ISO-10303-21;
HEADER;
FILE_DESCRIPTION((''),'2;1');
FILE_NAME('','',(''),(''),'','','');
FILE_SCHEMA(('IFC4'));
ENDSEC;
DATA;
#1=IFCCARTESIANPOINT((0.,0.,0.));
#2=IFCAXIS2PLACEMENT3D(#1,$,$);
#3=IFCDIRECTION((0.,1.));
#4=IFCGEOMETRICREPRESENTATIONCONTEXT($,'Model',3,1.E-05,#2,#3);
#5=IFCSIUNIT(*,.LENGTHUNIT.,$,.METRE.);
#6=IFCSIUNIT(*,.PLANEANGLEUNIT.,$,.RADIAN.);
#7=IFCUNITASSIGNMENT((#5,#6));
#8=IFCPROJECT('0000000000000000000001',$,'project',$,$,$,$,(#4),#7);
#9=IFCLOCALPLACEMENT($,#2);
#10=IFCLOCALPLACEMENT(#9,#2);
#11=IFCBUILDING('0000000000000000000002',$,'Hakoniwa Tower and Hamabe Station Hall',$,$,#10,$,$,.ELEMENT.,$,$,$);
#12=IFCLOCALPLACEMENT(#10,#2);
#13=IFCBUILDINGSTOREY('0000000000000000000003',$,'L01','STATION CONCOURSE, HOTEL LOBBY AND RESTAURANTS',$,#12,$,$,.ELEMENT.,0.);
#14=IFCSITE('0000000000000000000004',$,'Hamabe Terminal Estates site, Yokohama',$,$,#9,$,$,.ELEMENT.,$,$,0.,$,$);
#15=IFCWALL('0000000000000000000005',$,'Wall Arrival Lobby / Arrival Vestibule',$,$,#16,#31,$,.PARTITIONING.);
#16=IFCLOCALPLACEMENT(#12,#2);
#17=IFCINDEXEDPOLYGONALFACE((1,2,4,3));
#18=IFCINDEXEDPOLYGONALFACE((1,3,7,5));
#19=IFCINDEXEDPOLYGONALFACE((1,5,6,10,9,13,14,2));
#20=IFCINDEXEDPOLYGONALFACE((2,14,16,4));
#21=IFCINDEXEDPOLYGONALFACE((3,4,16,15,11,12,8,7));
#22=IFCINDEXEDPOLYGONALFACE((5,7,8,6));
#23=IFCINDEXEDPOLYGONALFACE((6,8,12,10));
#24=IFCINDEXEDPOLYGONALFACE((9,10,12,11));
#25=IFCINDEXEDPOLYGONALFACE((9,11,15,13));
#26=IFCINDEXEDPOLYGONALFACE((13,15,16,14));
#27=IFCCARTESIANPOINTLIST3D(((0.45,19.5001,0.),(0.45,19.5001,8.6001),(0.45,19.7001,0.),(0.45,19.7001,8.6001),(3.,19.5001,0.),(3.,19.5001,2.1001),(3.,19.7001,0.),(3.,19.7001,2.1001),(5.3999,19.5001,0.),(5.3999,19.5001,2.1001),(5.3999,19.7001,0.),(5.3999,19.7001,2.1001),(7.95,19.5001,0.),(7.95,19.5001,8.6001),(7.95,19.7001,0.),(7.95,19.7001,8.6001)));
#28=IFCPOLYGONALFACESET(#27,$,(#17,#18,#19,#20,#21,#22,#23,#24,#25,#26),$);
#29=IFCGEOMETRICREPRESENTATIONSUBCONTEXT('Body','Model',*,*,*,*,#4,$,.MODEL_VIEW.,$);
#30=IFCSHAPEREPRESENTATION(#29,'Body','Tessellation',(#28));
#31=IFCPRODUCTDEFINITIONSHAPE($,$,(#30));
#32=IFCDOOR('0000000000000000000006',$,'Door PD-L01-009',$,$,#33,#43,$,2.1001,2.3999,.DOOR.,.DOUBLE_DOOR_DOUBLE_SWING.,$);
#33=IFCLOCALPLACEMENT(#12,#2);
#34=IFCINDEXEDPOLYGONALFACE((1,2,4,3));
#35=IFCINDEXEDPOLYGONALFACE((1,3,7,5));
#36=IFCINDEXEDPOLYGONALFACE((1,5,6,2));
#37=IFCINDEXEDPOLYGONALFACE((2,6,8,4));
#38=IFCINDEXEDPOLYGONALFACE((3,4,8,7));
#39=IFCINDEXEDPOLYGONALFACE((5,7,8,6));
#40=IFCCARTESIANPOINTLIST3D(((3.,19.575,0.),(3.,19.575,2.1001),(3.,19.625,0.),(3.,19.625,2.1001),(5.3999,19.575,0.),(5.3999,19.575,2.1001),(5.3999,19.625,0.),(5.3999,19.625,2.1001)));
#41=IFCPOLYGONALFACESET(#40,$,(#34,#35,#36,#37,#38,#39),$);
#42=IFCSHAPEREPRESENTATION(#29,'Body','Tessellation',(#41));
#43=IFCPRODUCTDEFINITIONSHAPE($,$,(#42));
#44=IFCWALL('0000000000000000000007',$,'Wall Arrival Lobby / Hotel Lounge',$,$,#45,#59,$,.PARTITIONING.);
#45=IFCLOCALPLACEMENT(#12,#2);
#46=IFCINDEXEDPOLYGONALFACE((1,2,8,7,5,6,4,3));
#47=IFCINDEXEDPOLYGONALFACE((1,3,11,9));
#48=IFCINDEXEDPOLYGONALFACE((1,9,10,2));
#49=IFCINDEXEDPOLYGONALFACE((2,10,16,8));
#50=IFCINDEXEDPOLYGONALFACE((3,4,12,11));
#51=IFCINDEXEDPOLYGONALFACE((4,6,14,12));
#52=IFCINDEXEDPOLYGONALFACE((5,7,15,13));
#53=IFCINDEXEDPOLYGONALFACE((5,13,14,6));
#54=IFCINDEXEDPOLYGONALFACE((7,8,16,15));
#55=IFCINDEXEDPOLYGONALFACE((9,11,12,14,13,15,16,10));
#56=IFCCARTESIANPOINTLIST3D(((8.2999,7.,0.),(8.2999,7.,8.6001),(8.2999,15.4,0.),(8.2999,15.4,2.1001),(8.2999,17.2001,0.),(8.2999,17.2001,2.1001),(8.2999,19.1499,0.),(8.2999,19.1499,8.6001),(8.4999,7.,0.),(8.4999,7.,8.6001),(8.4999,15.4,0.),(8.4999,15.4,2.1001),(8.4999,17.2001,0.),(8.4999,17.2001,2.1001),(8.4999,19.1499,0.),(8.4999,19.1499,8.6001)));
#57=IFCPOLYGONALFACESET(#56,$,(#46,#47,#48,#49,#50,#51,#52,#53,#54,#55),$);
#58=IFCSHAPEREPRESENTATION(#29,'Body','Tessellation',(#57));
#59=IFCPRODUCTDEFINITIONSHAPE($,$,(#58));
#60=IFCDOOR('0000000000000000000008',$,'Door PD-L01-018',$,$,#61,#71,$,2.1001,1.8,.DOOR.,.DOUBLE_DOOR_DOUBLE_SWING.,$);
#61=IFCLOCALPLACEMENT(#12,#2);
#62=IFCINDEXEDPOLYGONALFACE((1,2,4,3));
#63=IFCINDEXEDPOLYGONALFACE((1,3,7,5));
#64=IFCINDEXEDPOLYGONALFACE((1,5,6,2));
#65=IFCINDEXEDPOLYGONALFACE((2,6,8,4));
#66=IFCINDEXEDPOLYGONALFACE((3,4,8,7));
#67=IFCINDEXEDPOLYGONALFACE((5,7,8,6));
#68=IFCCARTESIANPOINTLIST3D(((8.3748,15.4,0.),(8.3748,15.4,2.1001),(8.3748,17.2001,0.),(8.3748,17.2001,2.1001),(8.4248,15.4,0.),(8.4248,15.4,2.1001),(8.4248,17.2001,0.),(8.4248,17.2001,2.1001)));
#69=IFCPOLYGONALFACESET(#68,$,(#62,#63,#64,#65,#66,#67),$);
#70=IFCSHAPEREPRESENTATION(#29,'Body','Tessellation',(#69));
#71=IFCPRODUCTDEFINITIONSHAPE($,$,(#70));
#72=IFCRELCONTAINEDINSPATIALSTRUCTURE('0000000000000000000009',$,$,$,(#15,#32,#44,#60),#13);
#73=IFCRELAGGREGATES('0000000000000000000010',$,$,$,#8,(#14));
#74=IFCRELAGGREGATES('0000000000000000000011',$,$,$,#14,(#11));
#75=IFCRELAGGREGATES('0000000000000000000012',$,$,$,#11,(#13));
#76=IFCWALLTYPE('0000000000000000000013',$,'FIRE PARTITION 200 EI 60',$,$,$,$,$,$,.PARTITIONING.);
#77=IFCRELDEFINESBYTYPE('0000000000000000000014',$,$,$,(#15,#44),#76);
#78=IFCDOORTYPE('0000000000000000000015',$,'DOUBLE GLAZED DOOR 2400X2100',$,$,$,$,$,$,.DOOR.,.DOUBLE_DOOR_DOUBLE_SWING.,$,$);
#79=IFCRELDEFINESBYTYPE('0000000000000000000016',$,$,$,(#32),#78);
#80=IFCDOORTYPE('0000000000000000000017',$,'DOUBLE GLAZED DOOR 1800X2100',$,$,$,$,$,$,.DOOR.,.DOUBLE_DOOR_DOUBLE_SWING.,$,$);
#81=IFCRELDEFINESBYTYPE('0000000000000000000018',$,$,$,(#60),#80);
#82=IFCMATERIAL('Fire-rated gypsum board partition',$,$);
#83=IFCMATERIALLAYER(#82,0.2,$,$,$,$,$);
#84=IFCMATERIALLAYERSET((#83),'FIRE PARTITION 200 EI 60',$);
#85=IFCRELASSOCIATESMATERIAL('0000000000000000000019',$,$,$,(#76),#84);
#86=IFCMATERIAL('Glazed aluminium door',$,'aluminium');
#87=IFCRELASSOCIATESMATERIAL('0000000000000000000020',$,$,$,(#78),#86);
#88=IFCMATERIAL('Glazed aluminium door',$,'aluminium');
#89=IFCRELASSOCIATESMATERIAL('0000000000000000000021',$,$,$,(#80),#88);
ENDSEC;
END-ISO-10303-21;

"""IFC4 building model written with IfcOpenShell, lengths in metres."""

from ifc_helpers import new_model, si_unit, direction, frame, frame_2d, origin, place, context, subcontext, project, spatial, rectangle, extrude, material, layer, layer_set, type_object, element, fill, save


model = new_model("IFC4")

# Units and contexts
model_context = context("Model", 3, precision=1e-05, world=origin(), true_north=direction((0.0, 1.0)))
body_context = subcontext(model_context, "Body", "Model", "MODEL_VIEW")
ifc_project = project(units=[si_unit("LENGTHUNIT", "METRE"), si_unit("PLANEANGLEUNIT", "RADIAN")], contexts=[model_context])

# Site, building, storey
site_placement = place(None, origin())
site = spatial("IfcSite", under=ifc_project, at=site_placement, Name="Hamabe Terminal Estates site, Yokohama", CompositionType="ELEMENT", RefElevation=0.0)
building_placement = place(site_placement, origin())
building = spatial("IfcBuilding", under=site, at=building_placement, Name="Hakoniwa Tower and Hamabe Station Hall", CompositionType="ELEMENT")
storey_placement = place(building_placement, origin())
storey = spatial("IfcBuildingStorey", under=building, at=storey_placement, Name="L01", Description="STATION CONCOURSE, HOTEL LOBBY AND RESTAURANTS", CompositionType="ELEMENT", Elevation=0.0)

# Shared definitions
ifc_material_1 = material(Name="Fire-rated gypsum board partition")
ifc_layer_1 = layer(ifc_material_1, 0.2)
ifc_layer_set_1 = layer_set([ifc_layer_1], Name="FIRE PARTITION 200 EI 60")
wall_type_1 = type_object("IfcWallType", Name="FIRE PARTITION 200 EI 60", PredefinedType="PARTITIONING", material=ifc_layer_set_1)

# Walls, openings, doors
ifc_material_2 = material(Name="Glazed aluminium door", Category="aluminium")
door_type_1 = type_object("IfcDoorType", Name="DOUBLE GLAZED DOOR 2400X2100", OperationType="DOUBLE_DOOR_DOUBLE_SWING", PredefinedType="DOOR", material=ifc_material_2)
wall_1_placement = place(storey_placement, frame((0.45, 19.6001, 0.0), z_axis=(0.0, 0.0, 1.0), x_axis=(1.0, 0.0, 0.0)))
wall_1 = element("IfcWall", 1, at=wall_1_placement, inside=storey, type_object=wall_type_1, Name="Wall Arrival Lobby / Arrival Vestibule", PredefinedType="PARTITIONING", context=body_context, shape_type="SweptSolid", body=[
    extrude(rectangle(XDim=7.5, YDim=0.2, at=frame_2d((3.75, 0.0))), origin(), (0.0, 0.0, 1.0), 8.6001),
])
opening_1_placement = place(wall_1_placement, frame((2.55, 0.0, 0.0)))
opening_1 = element("IfcOpeningElement", 2, at=opening_1_placement, cuts=wall_1, PredefinedType="OPENING", context=body_context, shape_type="SweptSolid", body=[
    extrude(rectangle(XDim=2.3999, YDim=2.1001, at=frame_2d((1.2, 1.05))), frame((0.0, 0.1099, 0.0), z_axis=(0.0, -1.0, 0.0), x_axis=(1.0, 0.0, 0.0)), (0.0, 0.0, 1.0), 0.22),
])
door_1_placement = place(opening_1_placement, origin())
door_1 = element("IfcDoor", 3, at=door_1_placement, inside=storey, type_object=door_type_1, Name="Door PD-L01-009", OperationType="DOUBLE_DOOR_DOUBLE_SWING", OverallHeight=2.1001, OverallWidth=2.3999, PredefinedType="DOOR", context=body_context, shape_type="SweptSolid", body=[
    extrude(rectangle(XDim=2.3999, YDim=2.1001, at=frame_2d((1.2, 1.05))), frame((0.0, 0.0249, 0.0), z_axis=(0.0, -1.0, 0.0), x_axis=(1.0, 0.0, 0.0)), (0.0, 0.0, 1.0), 0.05),
])
fill(opening_1, door_1)
wall_2_placement = place(storey_placement, frame((8.3999, 19.1499, 0.0), z_axis=(0.0, 0.0, 1.0), x_axis=(0.0, -1.0, 0.0)))
wall_2 = element("IfcWall", 4, at=wall_2_placement, inside=storey, type_object=wall_type_1, Name="Wall Arrival Lobby / Hotel Lounge", PredefinedType="PARTITIONING", context=body_context, shape_type="SweptSolid", body=[
    extrude(rectangle(XDim=12.1499, YDim=0.2, at=frame_2d((6.075, 0.0))), origin(), (0.0, 0.0, 1.0), 8.6001),
])
opening_2_placement = place(wall_2_placement, frame((1.95, 0.0, 0.0)))
opening_2 = element("IfcOpeningElement", 5, at=opening_2_placement, cuts=wall_2, PredefinedType="OPENING", context=body_context, shape_type="SweptSolid", body=[
    extrude(rectangle(XDim=1.8, YDim=2.1001, at=frame_2d((0.8999, 1.05))), frame((0.0, 0.1099, 0.0), z_axis=(0.0, -1.0, 0.0), x_axis=(1.0, 0.0, 0.0)), (0.0, 0.0, 1.0), 0.22),
])
ifc_material_3 = material(Name="Glazed aluminium door", Category="aluminium")
door_type_2 = type_object("IfcDoorType", Name="DOUBLE GLAZED DOOR 1800X2100", OperationType="DOUBLE_DOOR_DOUBLE_SWING", PredefinedType="DOOR", material=ifc_material_3)
door_2_placement = place(opening_2_placement, origin())
door_2 = element("IfcDoor", 6, at=door_2_placement, inside=storey, type_object=door_type_2, Name="Door PD-L01-018", OperationType="DOUBLE_DOOR_DOUBLE_SWING", OverallHeight=2.1001, OverallWidth=1.8, PredefinedType="DOOR", context=body_context, shape_type="SweptSolid", body=[
    extrude(rectangle(XDim=1.8, YDim=2.1001, at=frame_2d((0.8999, 1.05))), frame((0.0, 0.0249, 0.0), z_axis=(0.0, -1.0, 0.0), x_axis=(1.0, 0.0, 0.0)), (0.0, 0.0, 1.0), 0.05),
])
fill(opening_2, door_2)

save(model, "model.ifc")
